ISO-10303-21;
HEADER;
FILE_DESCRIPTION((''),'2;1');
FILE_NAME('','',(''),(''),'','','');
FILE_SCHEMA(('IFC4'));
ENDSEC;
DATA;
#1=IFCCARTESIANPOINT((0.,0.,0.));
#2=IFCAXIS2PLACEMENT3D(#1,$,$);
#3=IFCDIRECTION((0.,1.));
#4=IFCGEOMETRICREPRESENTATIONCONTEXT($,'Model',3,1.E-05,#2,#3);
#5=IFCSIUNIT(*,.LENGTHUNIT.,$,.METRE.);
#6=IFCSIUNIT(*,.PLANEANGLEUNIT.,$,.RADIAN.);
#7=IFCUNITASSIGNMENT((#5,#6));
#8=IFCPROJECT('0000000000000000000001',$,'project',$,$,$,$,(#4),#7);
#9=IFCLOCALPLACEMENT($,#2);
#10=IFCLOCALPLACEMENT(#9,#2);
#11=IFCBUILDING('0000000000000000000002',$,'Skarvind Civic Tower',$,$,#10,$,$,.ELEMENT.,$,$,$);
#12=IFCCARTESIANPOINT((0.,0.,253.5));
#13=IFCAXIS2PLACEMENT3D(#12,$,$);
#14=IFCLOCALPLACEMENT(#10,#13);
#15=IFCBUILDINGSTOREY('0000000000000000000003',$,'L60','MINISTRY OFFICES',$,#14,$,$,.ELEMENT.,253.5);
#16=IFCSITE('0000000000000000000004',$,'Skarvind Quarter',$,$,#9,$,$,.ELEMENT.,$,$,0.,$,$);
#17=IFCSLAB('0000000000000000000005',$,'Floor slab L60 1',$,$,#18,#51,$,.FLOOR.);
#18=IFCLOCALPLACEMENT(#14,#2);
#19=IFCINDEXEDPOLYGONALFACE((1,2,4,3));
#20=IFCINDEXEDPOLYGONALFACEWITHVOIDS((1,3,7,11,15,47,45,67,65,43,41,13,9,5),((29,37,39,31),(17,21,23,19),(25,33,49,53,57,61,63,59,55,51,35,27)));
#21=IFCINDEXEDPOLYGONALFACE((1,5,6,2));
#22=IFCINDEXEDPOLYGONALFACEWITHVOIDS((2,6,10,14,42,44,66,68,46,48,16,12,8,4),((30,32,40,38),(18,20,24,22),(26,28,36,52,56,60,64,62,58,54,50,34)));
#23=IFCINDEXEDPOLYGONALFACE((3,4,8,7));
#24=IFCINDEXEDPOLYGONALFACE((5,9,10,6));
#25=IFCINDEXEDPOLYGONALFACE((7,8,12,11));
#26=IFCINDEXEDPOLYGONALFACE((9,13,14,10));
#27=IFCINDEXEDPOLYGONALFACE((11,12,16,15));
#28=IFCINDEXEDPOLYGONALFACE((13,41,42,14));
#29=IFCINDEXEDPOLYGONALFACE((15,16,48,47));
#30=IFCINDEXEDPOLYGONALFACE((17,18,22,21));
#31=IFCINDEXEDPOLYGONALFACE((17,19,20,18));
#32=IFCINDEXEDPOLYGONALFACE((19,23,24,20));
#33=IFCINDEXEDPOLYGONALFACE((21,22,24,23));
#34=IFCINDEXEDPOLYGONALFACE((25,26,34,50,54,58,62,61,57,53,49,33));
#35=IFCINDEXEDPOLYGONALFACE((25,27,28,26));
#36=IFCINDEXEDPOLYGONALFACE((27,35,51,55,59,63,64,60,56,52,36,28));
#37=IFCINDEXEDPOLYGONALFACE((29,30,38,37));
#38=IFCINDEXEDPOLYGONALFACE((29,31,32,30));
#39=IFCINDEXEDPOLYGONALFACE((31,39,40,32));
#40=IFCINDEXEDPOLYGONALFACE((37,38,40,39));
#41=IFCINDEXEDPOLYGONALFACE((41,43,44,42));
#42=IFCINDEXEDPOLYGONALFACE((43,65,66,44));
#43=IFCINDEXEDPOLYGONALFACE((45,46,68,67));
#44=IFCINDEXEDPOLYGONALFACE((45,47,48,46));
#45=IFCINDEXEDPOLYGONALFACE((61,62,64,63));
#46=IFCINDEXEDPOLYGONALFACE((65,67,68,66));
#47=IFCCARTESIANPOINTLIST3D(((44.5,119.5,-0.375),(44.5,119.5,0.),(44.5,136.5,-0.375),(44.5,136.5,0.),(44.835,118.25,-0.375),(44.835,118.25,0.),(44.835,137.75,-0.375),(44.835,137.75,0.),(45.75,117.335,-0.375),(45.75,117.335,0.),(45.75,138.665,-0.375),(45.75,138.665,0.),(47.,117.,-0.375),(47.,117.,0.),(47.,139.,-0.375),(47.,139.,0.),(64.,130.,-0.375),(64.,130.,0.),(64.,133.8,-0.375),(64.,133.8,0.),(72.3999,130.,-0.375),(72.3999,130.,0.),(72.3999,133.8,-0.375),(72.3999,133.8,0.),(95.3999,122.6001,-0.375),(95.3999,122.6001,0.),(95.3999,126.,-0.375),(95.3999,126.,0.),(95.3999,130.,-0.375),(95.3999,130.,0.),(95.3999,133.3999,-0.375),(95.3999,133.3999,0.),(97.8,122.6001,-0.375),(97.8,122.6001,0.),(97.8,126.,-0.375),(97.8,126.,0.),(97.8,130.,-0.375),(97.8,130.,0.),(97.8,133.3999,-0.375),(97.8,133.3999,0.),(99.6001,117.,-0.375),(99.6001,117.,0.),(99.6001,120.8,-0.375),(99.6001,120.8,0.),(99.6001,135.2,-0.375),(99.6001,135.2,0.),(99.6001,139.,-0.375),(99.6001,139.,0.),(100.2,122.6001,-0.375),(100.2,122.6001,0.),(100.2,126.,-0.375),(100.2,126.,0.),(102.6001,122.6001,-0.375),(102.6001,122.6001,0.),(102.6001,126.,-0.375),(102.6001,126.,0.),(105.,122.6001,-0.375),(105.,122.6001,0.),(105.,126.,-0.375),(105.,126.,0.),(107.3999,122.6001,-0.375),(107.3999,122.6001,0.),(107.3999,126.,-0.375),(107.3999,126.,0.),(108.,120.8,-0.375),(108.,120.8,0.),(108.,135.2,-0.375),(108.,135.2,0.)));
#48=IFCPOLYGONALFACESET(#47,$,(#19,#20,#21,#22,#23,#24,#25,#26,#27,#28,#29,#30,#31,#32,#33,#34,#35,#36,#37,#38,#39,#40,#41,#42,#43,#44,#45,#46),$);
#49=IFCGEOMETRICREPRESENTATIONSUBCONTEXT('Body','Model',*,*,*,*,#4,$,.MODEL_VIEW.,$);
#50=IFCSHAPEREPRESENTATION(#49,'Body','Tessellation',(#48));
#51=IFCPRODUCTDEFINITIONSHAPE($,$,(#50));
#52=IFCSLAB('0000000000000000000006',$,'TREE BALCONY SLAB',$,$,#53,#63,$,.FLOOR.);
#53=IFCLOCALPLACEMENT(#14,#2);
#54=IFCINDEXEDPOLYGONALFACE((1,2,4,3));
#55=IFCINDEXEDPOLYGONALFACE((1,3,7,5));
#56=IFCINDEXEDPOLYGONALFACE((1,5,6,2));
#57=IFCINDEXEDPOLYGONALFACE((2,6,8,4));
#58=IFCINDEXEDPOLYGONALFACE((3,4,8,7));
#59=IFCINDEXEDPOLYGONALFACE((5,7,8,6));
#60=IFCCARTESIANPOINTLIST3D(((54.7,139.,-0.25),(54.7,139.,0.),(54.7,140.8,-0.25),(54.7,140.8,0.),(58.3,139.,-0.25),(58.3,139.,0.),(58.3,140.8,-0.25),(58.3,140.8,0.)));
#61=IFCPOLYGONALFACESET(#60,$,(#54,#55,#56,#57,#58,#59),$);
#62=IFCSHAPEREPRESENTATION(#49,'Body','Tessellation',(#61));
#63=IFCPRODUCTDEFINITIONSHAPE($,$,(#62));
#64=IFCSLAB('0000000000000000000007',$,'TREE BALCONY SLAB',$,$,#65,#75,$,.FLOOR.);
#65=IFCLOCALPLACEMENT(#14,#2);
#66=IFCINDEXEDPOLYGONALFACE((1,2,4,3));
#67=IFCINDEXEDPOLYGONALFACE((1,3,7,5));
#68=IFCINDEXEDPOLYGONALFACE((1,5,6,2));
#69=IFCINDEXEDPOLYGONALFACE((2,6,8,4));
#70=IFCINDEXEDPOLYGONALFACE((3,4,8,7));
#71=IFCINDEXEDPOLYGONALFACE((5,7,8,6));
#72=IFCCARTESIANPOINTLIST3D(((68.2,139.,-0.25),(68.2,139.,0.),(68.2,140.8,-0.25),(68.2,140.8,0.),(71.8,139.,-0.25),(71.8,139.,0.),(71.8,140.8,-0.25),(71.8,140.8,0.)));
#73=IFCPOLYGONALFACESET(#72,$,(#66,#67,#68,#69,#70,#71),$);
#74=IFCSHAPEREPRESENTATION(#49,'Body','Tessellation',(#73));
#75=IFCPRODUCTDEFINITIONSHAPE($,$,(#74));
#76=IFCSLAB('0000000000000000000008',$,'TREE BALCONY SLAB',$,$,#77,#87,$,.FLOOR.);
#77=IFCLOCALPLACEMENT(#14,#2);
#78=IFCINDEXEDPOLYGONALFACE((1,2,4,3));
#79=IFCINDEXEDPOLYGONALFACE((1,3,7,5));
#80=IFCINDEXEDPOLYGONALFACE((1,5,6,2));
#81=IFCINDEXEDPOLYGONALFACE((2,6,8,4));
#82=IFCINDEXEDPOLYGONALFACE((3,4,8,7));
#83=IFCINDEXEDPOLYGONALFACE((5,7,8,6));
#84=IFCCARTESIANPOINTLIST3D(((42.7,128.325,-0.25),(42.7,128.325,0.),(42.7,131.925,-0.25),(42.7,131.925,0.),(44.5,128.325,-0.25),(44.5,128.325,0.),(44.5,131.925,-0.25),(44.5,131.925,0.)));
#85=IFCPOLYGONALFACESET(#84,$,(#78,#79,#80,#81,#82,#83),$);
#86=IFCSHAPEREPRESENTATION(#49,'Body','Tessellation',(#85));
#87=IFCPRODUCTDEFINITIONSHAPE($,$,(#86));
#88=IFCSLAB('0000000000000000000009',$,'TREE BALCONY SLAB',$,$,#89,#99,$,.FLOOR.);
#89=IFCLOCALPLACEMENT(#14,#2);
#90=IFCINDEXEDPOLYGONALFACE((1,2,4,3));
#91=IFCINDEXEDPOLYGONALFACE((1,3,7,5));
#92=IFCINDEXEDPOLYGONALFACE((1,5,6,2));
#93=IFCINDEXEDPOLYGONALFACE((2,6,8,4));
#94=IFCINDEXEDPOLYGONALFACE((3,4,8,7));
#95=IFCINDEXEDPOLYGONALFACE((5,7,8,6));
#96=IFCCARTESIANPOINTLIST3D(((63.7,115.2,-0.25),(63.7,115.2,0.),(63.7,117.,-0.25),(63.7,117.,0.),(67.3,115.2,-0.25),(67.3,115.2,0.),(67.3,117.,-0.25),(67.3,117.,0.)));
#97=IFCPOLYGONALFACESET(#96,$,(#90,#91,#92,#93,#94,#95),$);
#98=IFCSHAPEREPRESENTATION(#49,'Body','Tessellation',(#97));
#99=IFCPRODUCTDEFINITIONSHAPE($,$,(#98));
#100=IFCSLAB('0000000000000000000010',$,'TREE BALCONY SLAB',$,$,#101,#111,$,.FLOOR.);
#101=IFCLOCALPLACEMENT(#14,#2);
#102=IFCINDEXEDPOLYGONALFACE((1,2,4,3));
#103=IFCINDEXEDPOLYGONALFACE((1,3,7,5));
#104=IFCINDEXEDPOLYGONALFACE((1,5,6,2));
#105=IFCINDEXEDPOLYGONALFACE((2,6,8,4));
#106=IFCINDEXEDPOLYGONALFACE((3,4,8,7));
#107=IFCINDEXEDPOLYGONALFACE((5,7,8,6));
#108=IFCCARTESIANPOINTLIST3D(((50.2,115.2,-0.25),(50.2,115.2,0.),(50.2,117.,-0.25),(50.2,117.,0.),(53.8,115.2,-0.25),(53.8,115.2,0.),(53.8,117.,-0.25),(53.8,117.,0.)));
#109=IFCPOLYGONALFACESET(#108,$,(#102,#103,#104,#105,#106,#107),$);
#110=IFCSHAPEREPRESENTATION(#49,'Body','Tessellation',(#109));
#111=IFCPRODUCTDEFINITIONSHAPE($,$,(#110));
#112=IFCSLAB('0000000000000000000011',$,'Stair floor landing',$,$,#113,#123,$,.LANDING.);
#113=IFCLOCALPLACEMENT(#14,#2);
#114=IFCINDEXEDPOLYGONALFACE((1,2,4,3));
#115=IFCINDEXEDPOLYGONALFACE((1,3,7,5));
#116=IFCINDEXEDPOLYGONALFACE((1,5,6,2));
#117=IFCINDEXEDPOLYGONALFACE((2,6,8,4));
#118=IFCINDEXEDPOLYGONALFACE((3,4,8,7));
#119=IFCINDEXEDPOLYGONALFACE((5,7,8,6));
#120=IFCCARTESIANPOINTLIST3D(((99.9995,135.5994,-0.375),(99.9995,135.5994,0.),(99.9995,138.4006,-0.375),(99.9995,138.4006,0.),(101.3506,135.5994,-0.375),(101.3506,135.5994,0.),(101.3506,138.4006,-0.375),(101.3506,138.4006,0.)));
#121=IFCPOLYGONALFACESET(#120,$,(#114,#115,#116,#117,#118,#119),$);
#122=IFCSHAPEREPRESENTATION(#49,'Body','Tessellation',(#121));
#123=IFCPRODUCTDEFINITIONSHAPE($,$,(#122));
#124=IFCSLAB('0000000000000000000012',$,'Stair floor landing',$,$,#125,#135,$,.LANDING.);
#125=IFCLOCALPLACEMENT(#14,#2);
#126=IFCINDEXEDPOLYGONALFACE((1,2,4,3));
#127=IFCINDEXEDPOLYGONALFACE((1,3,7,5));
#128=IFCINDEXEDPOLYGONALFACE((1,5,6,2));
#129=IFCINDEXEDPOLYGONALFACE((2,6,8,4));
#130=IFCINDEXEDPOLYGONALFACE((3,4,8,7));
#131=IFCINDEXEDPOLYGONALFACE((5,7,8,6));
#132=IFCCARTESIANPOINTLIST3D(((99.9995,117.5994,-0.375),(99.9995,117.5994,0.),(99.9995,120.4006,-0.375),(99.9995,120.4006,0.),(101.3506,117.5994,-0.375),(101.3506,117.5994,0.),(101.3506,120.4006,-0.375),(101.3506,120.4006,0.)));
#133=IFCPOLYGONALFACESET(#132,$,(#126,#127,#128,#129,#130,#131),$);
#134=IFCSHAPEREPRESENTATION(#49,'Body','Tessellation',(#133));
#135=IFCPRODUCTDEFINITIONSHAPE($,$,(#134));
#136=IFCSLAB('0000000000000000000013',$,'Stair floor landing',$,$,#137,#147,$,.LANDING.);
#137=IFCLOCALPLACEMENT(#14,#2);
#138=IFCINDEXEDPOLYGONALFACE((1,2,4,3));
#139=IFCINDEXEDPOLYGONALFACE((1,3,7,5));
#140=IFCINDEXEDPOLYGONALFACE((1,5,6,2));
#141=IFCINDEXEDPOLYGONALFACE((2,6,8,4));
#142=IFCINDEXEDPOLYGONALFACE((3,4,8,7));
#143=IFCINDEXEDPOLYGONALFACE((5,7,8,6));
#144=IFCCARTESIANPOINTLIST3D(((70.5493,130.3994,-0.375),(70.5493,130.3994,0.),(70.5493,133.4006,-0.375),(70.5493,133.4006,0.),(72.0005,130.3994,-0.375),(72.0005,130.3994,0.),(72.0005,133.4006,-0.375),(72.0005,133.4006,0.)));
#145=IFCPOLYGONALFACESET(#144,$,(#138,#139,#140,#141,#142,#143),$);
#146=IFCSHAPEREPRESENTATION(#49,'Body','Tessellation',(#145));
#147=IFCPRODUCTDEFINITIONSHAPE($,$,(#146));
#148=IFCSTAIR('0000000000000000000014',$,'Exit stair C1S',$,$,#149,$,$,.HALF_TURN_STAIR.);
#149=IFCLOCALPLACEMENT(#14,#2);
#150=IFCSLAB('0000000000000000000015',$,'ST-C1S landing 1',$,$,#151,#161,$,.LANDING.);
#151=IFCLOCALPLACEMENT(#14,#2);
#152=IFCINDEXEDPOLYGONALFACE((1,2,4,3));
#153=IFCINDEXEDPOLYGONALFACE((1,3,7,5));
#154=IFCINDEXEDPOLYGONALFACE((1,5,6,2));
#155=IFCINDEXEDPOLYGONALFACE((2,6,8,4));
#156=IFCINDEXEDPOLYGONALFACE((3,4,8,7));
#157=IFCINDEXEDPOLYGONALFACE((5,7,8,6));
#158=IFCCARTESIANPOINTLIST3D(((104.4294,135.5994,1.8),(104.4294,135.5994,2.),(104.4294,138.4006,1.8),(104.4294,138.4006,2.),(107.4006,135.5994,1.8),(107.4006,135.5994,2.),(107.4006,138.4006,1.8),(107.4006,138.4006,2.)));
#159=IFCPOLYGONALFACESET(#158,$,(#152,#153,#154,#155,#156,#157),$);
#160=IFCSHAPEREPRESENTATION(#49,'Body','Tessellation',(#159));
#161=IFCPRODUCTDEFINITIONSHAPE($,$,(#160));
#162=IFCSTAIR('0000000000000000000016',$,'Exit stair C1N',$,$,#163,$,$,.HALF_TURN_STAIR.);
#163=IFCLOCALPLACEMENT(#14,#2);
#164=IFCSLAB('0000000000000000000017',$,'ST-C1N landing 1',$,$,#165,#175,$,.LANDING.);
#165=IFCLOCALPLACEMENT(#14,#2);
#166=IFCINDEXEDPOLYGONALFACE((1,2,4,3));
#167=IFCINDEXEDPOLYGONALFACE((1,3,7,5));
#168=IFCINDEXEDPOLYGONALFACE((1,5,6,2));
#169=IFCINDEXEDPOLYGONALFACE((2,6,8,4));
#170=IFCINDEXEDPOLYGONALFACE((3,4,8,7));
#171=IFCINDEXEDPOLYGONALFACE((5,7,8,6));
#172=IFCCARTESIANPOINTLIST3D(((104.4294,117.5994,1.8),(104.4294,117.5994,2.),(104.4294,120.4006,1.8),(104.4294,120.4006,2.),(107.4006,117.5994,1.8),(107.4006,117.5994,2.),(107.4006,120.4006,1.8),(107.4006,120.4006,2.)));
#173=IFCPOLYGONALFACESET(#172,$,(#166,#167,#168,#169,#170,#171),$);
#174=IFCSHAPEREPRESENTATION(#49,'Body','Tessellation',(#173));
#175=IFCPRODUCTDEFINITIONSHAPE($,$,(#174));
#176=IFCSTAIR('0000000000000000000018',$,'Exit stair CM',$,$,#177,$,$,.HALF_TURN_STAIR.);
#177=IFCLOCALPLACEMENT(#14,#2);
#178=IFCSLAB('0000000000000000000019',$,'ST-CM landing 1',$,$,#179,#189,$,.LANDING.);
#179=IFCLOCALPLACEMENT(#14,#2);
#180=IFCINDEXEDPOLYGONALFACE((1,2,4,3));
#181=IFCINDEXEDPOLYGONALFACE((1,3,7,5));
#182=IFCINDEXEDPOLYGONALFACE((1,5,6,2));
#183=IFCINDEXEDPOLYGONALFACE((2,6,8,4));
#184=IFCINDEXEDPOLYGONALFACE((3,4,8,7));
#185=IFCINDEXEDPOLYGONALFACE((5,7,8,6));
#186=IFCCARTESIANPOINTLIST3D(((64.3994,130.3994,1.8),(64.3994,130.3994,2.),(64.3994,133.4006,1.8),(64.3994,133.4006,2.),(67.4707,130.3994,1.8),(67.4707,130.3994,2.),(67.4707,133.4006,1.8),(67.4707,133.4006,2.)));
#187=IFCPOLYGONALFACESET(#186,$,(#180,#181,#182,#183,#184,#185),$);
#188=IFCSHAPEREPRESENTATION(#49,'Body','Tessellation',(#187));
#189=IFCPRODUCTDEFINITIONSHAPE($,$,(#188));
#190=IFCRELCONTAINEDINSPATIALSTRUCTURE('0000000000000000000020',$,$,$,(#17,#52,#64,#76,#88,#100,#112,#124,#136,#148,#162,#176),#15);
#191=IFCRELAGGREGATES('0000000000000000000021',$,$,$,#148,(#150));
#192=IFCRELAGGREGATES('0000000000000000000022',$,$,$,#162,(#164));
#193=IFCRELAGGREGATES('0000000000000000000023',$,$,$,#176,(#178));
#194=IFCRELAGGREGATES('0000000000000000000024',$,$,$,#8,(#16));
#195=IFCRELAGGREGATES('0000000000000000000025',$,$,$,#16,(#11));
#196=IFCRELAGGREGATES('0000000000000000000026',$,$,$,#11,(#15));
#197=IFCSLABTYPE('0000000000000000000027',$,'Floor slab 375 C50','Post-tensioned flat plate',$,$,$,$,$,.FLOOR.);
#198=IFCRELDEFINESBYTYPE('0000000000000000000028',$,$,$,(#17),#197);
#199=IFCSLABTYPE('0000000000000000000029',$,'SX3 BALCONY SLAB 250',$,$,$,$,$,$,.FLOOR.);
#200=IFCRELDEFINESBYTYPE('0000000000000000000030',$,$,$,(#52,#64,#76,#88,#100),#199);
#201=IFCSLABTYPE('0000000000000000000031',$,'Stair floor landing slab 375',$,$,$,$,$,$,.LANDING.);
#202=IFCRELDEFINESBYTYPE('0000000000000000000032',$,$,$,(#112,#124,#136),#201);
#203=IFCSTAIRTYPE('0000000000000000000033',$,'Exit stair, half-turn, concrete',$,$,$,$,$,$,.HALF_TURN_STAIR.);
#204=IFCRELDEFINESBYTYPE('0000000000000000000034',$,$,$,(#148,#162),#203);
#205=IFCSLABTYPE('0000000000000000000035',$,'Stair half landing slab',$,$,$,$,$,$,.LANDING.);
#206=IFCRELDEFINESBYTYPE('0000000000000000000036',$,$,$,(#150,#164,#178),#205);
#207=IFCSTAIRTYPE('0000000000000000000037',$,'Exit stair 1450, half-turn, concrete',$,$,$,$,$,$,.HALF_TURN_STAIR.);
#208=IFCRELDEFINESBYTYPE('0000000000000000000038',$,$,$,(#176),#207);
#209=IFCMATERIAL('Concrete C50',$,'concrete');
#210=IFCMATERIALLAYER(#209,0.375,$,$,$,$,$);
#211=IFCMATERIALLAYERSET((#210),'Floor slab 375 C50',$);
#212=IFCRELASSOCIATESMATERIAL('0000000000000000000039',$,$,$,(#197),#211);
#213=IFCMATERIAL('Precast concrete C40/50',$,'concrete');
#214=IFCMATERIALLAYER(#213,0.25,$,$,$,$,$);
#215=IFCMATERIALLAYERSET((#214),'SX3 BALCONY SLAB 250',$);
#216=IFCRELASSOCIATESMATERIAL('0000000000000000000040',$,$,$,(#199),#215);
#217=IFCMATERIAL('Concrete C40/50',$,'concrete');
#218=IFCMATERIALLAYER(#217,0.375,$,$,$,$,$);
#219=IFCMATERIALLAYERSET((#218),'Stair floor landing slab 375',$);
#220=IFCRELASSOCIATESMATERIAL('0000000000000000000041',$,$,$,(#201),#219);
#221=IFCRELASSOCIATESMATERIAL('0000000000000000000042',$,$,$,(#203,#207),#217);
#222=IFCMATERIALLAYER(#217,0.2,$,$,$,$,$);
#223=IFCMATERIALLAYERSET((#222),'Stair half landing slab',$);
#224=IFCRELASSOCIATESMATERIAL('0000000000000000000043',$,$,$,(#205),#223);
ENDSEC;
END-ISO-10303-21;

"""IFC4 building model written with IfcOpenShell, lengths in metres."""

from ifc_helpers import new_model, si_unit, direction, frame, origin, place, context, subcontext, project, spatial, polyline, outline, extrude, material, layer, layer_set, type_object, element, aggregate, save


model = new_model("IFC4")

# Units and contexts
model_context = context("Model", 3, precision=1e-05, world=origin(), true_north=direction((0.0, 1.0)))
body_context = subcontext(model_context, "Body", "Model", "MODEL_VIEW")
ifc_project = project(units=[si_unit("LENGTHUNIT", "METRE"), si_unit("PLANEANGLEUNIT", "RADIAN")], contexts=[model_context])

# Site, building, storey
site_placement = place(None, origin())
site = spatial("IfcSite", under=ifc_project, at=site_placement, Name="Skarvind Quarter", CompositionType="ELEMENT", RefElevation=0.0)
building_placement = place(site_placement, origin())
building = spatial("IfcBuilding", under=site, at=building_placement, Name="Skarvind Civic Tower", CompositionType="ELEMENT")
storey_placement = place(building_placement, frame((0.0, 0.0, 253.5)))
storey = spatial("IfcBuildingStorey", under=building, at=storey_placement, Name="L60", Description="MINISTRY OFFICES", CompositionType="ELEMENT", Elevation=253.5)

# Slabs
ifc_material_1 = material(Name="Concrete C50", Category="concrete")
ifc_layer_1 = layer(ifc_material_1, 0.375)
ifc_layer_set_1 = layer_set([ifc_layer_1], Name="Floor slab 375 C50")
slab_type_1 = type_object("IfcSlabType", Name="Floor slab 375 C50", Description="Post-tensioned flat plate", PredefinedType="FLOOR", material=ifc_layer_set_1)
slab_1_placement = place(storey_placement, frame((0.0, 0.0, -0.375)))
element("IfcSlab", 1, at=slab_1_placement, inside=storey, type_object=slab_type_1, Name="Floor slab L60 1", PredefinedType="FLOOR", context=body_context, shape_type="SweptSolid", body=[
    extrude(outline(polyline([(99.6001, 117.0), (99.6001, 120.8), (108.0, 120.8), (108.0, 135.2), (99.6001, 135.2), (99.6001, 139.0), (47.0, 139.0), (45.75, 138.665), (44.835, 137.75), (44.5, 136.5), (44.5, 119.5), (44.835, 118.25), (45.75, 117.335), (47.0, 117.0), (99.6001, 117.0)]), holes=[polyline([(95.3999, 126.0), (97.8, 126.0), (100.2, 126.0), (102.6001, 126.0), (105.0, 126.0), (107.3999, 126.0), (107.3999, 122.6001), (105.0, 122.6001), (102.6001, 122.6001), (100.2, 122.6001), (97.8, 122.6001), (95.3999, 122.6001), (95.3999, 126.0)]), polyline([(95.3999, 133.3999), (97.8, 133.3999), (97.8, 130.0), (95.3999, 130.0), (95.3999, 133.3999)]), polyline([(64.0, 130.0), (64.0, 133.8), (72.3999, 133.8), (72.3999, 130.0), (64.0, 130.0)])]), origin(), (0.0, 0.0, 1.0), 0.375),
])
ifc_material_2 = material(Name="Precast concrete C40/50", Category="concrete")
ifc_layer_2 = layer(ifc_material_2, 0.25)
ifc_layer_set_2 = layer_set([ifc_layer_2], Name="SX3 BALCONY SLAB 250")
slab_type_2 = type_object("IfcSlabType", Name="SX3 BALCONY SLAB 250", PredefinedType="FLOOR", material=ifc_layer_set_2)
slab_2_placement = place(storey_placement, frame((0.0, 0.0, -0.25)))
element("IfcSlab", 2, at=slab_2_placement, inside=storey, type_object=slab_type_2, Name="TREE BALCONY SLAB", PredefinedType="FLOOR", context=body_context, shape_type="SweptSolid", body=[
    extrude(outline(polyline([(54.7, 139.0), (58.3, 139.0), (58.3, 140.8), (54.7, 140.8), (54.7, 139.0)])), origin(), (0.0, 0.0, 1.0), 0.25),
])
slab_3_placement = place(storey_placement, frame((0.0, 0.0, -0.25)))
element("IfcSlab", 3, at=slab_3_placement, inside=storey, type_object=slab_type_2, Name="TREE BALCONY SLAB", PredefinedType="FLOOR", context=body_context, shape_type="SweptSolid", body=[
    extrude(outline(polyline([(68.2, 139.0), (71.8, 139.0), (71.8, 140.8), (68.2, 140.8), (68.2, 139.0)])), origin(), (0.0, 0.0, 1.0), 0.25),
])
slab_4_placement = place(storey_placement, frame((0.0, 0.0, -0.25)))
element("IfcSlab", 4, at=slab_4_placement, inside=storey, type_object=slab_type_2, Name="TREE BALCONY SLAB", PredefinedType="FLOOR", context=body_context, shape_type="SweptSolid", body=[
    extrude(outline(polyline([(44.5, 128.325), (44.5, 131.925), (42.7, 131.925), (42.7, 128.325), (44.5, 128.325)])), origin(), (0.0, 0.0, 1.0), 0.25),
])
slab_5_placement = place(storey_placement, frame((0.0, 0.0, -0.25)))
element("IfcSlab", 5, at=slab_5_placement, inside=storey, type_object=slab_type_2, Name="TREE BALCONY SLAB", PredefinedType="FLOOR", context=body_context, shape_type="SweptSolid", body=[
    extrude(outline(polyline([(67.3, 117.0), (63.7, 117.0), (63.7, 115.2), (67.3, 115.2), (67.3, 117.0)])), origin(), (0.0, 0.0, 1.0), 0.25),
])
slab_6_placement = place(storey_placement, frame((0.0, 0.0, -0.25)))
element("IfcSlab", 6, at=slab_6_placement, inside=storey, type_object=slab_type_2, Name="TREE BALCONY SLAB", PredefinedType="FLOOR", context=body_context, shape_type="SweptSolid", body=[
    extrude(outline(polyline([(53.8, 117.0), (50.2, 117.0), (50.2, 115.2), (53.8, 115.2), (53.8, 117.0)])), origin(), (0.0, 0.0, 1.0), 0.25),
])
ifc_material_3 = material(Name="Concrete C40/50", Category="concrete")
ifc_layer_3 = layer(ifc_material_3, 0.375)
ifc_layer_set_3 = layer_set([ifc_layer_3], Name="Stair floor landing slab 375")
slab_type_3 = type_object("IfcSlabType", Name="Stair floor landing slab 375", PredefinedType="LANDING", material=ifc_layer_set_3)
slab_7_placement = place(storey_placement, frame((0.0, 0.0, -0.375)))
element("IfcSlab", 7, at=slab_7_placement, inside=storey, type_object=slab_type_3, Name="Stair floor landing", PredefinedType="LANDING", context=body_context, shape_type="SweptSolid", body=[
    extrude(outline(polyline([(101.3506, 138.4006), (101.3506, 135.5994), (99.9995, 135.5994), (99.9995, 138.4006), (101.3506, 138.4006)])), origin(), (0.0, 0.0, 1.0), 0.375),
])
slab_8_placement = place(storey_placement, frame((0.0, 0.0, -0.375)))
element("IfcSlab", 8, at=slab_8_placement, inside=storey, type_object=slab_type_3, Name="Stair floor landing", PredefinedType="LANDING", context=body_context, shape_type="SweptSolid", body=[
    extrude(outline(polyline([(101.3506, 120.4006), (101.3506, 117.5994), (99.9995, 117.5994), (99.9995, 120.4006), (101.3506, 120.4006)])), origin(), (0.0, 0.0, 1.0), 0.375),
])
slab_9_placement = place(storey_placement, frame((0.0, 0.0, -0.375)))
element("IfcSlab", 9, at=slab_9_placement, inside=storey, type_object=slab_type_3, Name="Stair floor landing", PredefinedType="LANDING", context=body_context, shape_type="SweptSolid", body=[
    extrude(outline(polyline([(70.5493, 130.3994), (70.5493, 133.4006), (72.0005, 133.4006), (72.0005, 130.3994), (70.5493, 130.3994)])), origin(), (0.0, 0.0, 1.0), 0.375),
])

# Stairs, slabs
stair_type_1 = type_object("IfcStairType", Name="Exit stair, half-turn, concrete", PredefinedType="HALF_TURN_STAIR", material=ifc_material_3)
stair_1_placement = place(storey_placement, origin())
stair_1 = element("IfcStair", 10, at=stair_1_placement, inside=storey, type_object=stair_type_1, Name="Exit stair C1S", PredefinedType="HALF_TURN_STAIR")
ifc_layer_4 = layer(ifc_material_3, 0.2)
ifc_layer_set_4 = layer_set([ifc_layer_4], Name="Stair half landing slab")
slab_type_4 = type_object("IfcSlabType", Name="Stair half landing slab", PredefinedType="LANDING", material=ifc_layer_set_4)
slab_10_placement = place(storey_placement, frame((0.0, 0.0, 1.8)))
slab_10 = element("IfcSlab", 11, at=slab_10_placement, type_object=slab_type_4, Name="ST-C1S landing 1", PredefinedType="LANDING", context=body_context, shape_type="SweptSolid", body=[
    extrude(outline(polyline([(104.4294, 135.5994), (104.4294, 138.4006), (107.4006, 138.4006), (107.4006, 135.5994), (104.4294, 135.5994)])), origin(), (0.0, 0.0, 1.0), 0.2),
])
aggregate(stair_1, [slab_10])
stair_2_placement = place(storey_placement, origin())
stair_2 = element("IfcStair", 12, at=stair_2_placement, inside=storey, type_object=stair_type_1, Name="Exit stair C1N", PredefinedType="HALF_TURN_STAIR")
slab_11_placement = place(storey_placement, frame((0.0, 0.0, 1.8)))
slab_11 = element("IfcSlab", 13, at=slab_11_placement, type_object=slab_type_4, Name="ST-C1N landing 1", PredefinedType="LANDING", context=body_context, shape_type="SweptSolid", body=[
    extrude(outline(polyline([(104.4294, 117.5994), (104.4294, 120.4006), (107.4006, 120.4006), (107.4006, 117.5994), (104.4294, 117.5994)])), origin(), (0.0, 0.0, 1.0), 0.2),
])
aggregate(stair_2, [slab_11])
stair_type_2 = type_object("IfcStairType", Name="Exit stair 1450, half-turn, concrete", PredefinedType="HALF_TURN_STAIR", material=ifc_material_3)
stair_3_placement = place(storey_placement, origin())
stair_3 = element("IfcStair", 14, at=stair_3_placement, inside=storey, type_object=stair_type_2, Name="Exit stair CM", PredefinedType="HALF_TURN_STAIR")
slab_12_placement = place(storey_placement, frame((0.0, 0.0, 1.8)))
slab_12 = element("IfcSlab", 15, at=slab_12_placement, type_object=slab_type_4, Name="ST-CM landing 1", PredefinedType="LANDING", context=body_context, shape_type="SweptSolid", body=[
    extrude(outline(polyline([(67.4707, 133.4006), (67.4707, 130.3994), (64.3994, 130.3994), (64.3994, 133.4006), (67.4707, 133.4006)])), origin(), (0.0, 0.0, 1.0), 0.2),
])
aggregate(stair_3, [slab_12])

save(model, "model.ifc")
